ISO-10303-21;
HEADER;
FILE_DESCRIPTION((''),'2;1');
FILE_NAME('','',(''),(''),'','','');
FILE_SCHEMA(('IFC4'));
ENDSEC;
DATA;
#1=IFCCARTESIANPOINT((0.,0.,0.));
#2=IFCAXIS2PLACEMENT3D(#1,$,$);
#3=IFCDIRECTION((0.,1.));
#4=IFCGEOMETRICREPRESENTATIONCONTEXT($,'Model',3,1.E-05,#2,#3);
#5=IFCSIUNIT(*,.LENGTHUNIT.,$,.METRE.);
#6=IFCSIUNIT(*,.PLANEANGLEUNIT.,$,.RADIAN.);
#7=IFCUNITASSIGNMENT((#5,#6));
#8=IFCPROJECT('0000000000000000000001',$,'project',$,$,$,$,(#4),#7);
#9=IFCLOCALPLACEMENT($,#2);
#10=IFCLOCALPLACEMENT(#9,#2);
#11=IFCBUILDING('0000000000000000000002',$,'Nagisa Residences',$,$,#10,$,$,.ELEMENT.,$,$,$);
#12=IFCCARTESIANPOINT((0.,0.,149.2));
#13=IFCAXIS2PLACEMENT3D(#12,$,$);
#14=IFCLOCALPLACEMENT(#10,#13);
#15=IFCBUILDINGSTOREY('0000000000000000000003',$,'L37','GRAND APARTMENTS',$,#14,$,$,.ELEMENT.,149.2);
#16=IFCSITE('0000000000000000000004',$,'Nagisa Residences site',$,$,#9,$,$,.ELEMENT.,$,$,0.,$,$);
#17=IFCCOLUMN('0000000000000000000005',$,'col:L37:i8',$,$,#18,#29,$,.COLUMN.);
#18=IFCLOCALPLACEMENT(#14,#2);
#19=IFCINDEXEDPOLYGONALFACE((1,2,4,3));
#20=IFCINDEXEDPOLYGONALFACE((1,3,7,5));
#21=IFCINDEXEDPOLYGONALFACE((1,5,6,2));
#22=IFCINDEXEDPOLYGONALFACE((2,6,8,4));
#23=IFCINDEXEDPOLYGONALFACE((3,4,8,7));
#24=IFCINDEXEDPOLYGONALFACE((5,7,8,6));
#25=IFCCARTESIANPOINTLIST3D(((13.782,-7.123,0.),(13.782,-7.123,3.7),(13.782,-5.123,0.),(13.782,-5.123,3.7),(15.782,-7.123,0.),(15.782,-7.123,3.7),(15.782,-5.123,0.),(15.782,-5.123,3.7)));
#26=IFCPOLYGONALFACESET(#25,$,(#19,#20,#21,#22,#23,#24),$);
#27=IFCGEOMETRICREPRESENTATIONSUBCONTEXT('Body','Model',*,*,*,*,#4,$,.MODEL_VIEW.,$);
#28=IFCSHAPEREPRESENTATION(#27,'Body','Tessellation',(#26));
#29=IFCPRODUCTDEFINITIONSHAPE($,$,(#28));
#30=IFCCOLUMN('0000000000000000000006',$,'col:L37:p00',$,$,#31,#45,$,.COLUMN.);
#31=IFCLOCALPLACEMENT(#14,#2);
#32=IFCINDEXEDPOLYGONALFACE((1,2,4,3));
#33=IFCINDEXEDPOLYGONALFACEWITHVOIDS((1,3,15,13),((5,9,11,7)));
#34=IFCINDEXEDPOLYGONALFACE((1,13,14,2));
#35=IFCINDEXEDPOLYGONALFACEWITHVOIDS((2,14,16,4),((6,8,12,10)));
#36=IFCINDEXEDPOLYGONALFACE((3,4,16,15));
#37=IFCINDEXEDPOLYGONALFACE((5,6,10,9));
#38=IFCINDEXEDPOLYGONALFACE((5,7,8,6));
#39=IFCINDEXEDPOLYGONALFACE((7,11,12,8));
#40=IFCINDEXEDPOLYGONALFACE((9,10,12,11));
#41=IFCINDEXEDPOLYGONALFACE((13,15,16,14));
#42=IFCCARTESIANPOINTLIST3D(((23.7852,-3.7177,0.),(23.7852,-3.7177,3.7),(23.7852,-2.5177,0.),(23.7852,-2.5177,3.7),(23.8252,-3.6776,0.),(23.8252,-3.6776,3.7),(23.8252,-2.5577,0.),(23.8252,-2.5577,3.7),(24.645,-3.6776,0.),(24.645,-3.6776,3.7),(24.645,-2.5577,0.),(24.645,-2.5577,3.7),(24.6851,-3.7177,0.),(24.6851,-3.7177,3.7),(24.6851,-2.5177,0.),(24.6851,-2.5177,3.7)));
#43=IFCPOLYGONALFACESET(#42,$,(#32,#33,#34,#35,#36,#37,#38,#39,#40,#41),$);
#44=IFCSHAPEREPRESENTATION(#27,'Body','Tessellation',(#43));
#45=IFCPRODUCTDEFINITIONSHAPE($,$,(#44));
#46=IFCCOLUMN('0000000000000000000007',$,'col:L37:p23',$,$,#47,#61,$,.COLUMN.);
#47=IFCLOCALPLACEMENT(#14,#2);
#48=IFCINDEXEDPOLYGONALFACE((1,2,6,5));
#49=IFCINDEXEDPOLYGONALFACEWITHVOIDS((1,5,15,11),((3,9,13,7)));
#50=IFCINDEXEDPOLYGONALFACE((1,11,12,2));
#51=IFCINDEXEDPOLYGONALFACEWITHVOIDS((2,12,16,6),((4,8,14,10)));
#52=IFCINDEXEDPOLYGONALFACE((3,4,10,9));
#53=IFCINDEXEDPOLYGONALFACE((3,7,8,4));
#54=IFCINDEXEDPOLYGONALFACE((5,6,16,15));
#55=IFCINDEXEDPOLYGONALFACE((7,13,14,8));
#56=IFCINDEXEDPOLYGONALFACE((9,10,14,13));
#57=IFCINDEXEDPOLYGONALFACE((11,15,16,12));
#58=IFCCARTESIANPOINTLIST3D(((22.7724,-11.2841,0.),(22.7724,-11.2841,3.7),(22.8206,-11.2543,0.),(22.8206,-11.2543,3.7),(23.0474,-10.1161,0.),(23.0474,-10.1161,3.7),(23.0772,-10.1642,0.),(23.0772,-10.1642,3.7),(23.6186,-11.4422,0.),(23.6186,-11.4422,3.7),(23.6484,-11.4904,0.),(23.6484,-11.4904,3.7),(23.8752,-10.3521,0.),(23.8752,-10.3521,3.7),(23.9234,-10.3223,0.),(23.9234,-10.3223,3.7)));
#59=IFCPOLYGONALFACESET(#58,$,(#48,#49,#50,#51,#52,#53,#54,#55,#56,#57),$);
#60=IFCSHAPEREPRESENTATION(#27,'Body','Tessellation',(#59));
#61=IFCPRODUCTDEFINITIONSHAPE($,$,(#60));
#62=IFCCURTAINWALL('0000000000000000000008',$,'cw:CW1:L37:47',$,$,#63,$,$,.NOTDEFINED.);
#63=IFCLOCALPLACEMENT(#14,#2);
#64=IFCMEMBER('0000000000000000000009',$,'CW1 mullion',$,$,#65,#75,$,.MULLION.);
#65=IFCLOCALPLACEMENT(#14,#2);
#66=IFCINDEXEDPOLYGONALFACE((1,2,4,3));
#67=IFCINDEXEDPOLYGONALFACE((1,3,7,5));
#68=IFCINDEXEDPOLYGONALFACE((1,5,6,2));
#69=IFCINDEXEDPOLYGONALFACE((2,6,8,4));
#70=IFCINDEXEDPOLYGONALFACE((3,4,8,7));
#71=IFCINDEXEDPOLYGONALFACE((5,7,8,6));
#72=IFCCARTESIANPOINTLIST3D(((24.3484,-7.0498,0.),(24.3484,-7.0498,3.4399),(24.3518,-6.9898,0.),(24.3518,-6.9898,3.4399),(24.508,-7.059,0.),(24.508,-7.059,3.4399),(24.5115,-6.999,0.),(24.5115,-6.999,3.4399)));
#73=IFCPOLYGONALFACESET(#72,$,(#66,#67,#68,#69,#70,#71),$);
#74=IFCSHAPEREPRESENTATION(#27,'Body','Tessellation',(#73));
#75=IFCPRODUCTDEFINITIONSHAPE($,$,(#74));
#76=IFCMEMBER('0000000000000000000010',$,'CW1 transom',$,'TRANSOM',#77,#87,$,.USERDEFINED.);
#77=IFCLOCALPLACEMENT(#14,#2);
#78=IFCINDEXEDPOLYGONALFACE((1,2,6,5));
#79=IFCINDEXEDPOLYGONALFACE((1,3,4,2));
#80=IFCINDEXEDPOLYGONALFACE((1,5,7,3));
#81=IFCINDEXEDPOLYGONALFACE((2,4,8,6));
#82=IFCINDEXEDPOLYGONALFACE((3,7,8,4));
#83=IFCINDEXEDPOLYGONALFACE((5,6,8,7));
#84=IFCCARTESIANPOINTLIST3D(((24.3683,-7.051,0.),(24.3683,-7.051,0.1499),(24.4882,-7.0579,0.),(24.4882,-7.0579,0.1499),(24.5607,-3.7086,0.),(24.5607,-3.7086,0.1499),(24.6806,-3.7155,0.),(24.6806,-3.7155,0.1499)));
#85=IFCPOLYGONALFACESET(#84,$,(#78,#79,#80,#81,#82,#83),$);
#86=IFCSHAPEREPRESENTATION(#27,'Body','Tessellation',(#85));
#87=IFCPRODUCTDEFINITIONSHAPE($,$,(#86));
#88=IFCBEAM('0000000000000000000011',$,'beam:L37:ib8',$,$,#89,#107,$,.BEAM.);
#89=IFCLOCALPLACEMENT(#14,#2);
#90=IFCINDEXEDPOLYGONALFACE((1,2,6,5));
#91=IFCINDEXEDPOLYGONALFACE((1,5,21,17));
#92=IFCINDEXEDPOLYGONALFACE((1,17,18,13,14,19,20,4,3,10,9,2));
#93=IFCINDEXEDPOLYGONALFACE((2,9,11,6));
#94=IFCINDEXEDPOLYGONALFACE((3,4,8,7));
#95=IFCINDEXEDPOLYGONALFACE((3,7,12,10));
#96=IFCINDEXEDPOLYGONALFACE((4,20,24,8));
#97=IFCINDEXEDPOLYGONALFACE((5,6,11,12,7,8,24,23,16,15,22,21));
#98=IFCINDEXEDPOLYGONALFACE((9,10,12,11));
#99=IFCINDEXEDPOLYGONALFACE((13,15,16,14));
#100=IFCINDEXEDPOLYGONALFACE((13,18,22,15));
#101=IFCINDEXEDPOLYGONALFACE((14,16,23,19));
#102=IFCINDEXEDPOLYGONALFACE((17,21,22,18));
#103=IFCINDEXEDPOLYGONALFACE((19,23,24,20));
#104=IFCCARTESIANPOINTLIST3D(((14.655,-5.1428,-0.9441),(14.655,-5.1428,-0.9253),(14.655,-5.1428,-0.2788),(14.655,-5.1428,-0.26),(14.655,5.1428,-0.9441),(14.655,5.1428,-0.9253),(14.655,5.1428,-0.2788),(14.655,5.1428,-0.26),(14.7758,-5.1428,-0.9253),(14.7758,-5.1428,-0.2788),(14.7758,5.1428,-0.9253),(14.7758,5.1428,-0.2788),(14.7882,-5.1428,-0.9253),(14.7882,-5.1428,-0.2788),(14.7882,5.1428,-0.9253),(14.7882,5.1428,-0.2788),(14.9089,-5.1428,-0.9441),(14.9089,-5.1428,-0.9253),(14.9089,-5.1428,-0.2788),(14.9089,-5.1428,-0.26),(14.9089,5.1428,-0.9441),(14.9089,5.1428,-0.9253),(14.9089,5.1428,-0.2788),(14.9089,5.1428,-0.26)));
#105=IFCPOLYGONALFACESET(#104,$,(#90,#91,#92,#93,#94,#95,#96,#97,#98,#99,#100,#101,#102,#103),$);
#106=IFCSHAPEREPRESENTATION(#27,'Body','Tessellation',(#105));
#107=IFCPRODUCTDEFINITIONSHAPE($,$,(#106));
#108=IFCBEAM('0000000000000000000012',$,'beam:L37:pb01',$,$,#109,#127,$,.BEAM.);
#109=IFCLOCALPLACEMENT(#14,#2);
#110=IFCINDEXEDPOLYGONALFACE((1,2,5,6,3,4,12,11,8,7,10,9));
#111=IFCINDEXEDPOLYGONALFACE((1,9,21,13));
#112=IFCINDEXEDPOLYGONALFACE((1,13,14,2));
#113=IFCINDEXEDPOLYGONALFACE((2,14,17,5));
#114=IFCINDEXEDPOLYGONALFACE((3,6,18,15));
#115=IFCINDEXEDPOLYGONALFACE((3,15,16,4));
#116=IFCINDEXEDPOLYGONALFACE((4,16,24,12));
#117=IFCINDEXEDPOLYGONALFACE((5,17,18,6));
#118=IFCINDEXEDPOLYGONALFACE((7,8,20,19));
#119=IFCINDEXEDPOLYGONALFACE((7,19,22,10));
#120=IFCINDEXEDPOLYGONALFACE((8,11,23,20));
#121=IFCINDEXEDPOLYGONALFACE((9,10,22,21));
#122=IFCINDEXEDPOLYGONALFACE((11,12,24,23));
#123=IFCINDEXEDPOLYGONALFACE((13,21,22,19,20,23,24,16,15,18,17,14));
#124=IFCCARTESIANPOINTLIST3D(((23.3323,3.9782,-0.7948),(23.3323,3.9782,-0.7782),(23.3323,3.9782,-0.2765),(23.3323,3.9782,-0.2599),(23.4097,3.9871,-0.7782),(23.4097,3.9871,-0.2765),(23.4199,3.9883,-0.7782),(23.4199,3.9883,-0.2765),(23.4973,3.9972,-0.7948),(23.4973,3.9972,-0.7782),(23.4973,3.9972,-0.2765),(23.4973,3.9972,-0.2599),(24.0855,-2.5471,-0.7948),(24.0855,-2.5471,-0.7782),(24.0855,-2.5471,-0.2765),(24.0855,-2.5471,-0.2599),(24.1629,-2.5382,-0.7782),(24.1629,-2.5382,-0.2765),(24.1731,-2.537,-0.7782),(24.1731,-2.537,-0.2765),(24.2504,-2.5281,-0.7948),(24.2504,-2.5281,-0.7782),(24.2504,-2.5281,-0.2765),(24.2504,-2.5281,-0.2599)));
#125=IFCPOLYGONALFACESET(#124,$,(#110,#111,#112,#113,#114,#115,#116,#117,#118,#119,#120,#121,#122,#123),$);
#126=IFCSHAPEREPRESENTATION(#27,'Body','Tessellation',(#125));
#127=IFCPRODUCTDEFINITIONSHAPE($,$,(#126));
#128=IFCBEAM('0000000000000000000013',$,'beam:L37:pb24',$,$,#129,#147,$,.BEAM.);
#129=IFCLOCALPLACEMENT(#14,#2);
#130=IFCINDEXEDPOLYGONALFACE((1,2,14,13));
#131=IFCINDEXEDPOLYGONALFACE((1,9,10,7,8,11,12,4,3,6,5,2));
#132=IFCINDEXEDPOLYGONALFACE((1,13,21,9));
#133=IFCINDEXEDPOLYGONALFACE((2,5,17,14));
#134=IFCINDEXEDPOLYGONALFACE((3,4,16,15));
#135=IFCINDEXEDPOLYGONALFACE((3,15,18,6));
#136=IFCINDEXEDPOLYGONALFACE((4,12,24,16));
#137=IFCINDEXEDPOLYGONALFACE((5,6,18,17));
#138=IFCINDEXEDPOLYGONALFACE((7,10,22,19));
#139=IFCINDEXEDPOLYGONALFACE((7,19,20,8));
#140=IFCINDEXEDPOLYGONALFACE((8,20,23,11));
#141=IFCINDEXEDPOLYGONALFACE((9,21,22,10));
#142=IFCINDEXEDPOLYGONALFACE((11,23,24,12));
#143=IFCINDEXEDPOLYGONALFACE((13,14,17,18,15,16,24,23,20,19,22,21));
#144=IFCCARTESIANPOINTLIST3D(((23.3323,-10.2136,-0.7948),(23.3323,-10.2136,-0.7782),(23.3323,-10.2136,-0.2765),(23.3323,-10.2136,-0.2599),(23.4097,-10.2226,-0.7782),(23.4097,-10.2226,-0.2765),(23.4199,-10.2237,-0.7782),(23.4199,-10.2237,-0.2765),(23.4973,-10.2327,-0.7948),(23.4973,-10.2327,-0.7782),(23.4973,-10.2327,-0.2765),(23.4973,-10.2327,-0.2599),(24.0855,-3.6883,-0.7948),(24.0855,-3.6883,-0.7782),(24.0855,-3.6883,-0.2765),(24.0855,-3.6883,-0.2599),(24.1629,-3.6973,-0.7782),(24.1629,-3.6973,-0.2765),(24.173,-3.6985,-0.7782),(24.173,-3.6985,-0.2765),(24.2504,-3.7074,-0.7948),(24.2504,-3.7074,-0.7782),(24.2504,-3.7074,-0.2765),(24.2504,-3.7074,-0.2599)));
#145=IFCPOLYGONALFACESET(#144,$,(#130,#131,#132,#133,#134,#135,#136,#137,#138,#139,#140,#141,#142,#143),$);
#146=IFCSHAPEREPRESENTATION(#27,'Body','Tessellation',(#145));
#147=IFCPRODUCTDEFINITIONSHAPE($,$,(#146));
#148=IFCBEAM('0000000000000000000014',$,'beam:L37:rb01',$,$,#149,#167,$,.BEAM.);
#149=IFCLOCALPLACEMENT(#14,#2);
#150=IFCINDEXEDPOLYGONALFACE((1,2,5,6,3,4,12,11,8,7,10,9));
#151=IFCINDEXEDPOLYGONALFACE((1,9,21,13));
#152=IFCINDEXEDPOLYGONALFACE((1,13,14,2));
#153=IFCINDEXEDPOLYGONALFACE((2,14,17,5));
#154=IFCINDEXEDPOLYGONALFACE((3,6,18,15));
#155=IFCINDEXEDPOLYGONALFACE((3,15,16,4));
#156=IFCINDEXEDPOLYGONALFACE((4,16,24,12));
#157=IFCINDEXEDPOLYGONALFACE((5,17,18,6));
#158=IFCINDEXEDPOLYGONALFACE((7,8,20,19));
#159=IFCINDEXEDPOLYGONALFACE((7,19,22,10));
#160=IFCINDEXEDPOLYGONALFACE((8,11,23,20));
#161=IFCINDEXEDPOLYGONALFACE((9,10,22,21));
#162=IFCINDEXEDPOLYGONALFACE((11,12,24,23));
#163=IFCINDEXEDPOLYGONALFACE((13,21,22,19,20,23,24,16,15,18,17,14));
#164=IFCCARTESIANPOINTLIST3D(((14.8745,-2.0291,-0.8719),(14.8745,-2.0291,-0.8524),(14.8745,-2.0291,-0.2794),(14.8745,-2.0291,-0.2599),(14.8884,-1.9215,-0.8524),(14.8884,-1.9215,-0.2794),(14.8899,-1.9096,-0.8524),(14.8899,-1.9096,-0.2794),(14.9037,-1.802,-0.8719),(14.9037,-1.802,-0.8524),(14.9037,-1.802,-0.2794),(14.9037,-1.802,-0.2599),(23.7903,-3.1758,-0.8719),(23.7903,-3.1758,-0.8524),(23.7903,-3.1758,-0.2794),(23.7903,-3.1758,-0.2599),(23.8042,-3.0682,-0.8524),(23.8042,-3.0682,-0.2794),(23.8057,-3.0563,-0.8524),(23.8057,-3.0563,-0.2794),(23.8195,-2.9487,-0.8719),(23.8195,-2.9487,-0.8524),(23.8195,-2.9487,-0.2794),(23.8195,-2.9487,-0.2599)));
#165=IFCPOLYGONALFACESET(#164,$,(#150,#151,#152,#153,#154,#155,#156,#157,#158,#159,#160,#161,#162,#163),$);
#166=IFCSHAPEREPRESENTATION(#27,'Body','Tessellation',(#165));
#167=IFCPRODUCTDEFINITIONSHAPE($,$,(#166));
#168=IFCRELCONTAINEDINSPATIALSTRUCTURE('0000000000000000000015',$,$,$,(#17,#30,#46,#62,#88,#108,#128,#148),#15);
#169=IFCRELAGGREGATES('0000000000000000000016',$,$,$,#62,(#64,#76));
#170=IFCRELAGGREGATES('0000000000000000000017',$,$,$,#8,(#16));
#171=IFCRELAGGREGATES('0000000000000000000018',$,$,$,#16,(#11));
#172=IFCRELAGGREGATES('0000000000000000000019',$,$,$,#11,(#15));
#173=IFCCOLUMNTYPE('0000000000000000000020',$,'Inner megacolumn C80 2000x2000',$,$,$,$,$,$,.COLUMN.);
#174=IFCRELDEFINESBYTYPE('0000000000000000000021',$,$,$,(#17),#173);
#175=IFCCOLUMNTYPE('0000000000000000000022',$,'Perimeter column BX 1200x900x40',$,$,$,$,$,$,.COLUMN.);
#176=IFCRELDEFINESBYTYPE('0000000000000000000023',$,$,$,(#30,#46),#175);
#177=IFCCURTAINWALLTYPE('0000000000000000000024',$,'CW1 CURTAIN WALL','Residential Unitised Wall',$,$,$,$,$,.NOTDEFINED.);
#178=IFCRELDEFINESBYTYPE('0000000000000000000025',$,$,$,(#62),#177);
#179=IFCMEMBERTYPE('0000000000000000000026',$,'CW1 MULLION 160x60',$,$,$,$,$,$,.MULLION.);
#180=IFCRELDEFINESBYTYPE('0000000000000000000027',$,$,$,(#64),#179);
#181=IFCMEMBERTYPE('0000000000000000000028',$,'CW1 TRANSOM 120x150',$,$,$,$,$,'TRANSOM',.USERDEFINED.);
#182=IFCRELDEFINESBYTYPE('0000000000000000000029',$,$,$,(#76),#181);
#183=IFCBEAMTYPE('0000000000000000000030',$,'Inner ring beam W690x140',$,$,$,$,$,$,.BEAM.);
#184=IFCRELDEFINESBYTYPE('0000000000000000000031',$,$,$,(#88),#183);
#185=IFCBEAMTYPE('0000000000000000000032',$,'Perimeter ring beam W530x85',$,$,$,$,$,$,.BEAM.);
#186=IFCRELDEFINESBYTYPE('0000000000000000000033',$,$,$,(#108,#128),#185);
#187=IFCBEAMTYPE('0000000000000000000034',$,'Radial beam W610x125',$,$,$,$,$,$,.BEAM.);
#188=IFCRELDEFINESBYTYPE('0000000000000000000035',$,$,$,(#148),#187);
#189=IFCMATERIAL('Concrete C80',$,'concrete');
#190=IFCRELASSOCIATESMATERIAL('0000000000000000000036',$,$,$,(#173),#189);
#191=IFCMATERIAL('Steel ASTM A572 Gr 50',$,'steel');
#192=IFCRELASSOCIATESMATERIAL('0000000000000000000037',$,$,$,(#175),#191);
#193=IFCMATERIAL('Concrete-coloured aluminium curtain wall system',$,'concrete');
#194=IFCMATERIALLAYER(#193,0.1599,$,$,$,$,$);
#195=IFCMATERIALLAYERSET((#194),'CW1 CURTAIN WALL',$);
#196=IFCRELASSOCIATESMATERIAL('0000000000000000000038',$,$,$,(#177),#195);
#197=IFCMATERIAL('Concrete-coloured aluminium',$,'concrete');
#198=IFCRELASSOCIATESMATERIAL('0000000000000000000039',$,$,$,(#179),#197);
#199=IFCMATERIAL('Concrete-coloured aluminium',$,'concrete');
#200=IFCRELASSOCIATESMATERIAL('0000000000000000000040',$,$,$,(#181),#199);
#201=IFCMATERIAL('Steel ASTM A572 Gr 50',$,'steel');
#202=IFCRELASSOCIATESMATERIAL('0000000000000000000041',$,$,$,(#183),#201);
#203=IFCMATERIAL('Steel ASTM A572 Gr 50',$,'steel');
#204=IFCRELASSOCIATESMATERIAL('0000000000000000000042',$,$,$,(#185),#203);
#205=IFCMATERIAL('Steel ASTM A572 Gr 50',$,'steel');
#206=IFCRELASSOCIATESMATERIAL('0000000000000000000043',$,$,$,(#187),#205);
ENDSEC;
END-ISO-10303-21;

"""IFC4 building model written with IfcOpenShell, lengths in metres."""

from ifc_helpers import new_model, si_unit, direction, frame, origin, origin_2d, place, context, subcontext, project, spatial, rectangle, hollow_rectangle, i_section, extrude, material, layer, layer_set, material_profile, profile_set, type_object, element, aggregate, save


model = new_model("IFC4")

# Units and contexts
model_context = context("Model", 3, precision=1e-05, world=origin(), true_north=direction((0.0, 1.0)))
body_context = subcontext(model_context, "Body", "Model", "MODEL_VIEW")
ifc_project = project(units=[si_unit("LENGTHUNIT", "METRE"), si_unit("PLANEANGLEUNIT", "RADIAN")], contexts=[model_context])

# Site, building, storey
site_placement = place(None, origin())
site = spatial("IfcSite", under=ifc_project, at=site_placement, Name="Nagisa Residences site", CompositionType="ELEMENT", RefElevation=0.0)
building_placement = place(site_placement, origin())
building = spatial("IfcBuilding", under=site, at=building_placement, Name="Nagisa Residences", CompositionType="ELEMENT")
storey_placement = place(building_placement, frame((0.0, 0.0, 149.2)))
storey = spatial("IfcBuildingStorey", under=building, at=storey_placement, Name="L37", Description="GRAND APARTMENTS", CompositionType="ELEMENT", Elevation=149.2)

# Columns
ifc_material_1 = material(Name="Concrete C80", Category="concrete")
ifc_material_profile_1 = material_profile(ifc_material_1, rectangle(XDim=2.0, YDim=2.0, at=origin_2d()), Name="C80 2000x2000")
ifc_profile_set_1 = profile_set([ifc_material_profile_1], Name="Concrete C80")
column_type_1 = type_object("IfcColumnType", Name="Inner megacolumn C80 2000x2000", PredefinedType="COLUMN", material=ifc_profile_set_1)
column_placement = place(storey_placement, frame((14.782, -6.123, 0.0), z_axis=(0.0, 0.0, 1.0), x_axis=(1.0, 0.0, 0.0)))
element("IfcColumn", 1, at=column_placement, inside=storey, type_object=column_type_1, Name="col:L37:i8", PredefinedType="COLUMN", context=body_context, shape_type="SweptSolid", body=[
    extrude(rectangle(XDim=2.0, YDim=2.0, at=origin_2d()), origin(), (0.0, 0.0, 1.0), 3.7),
])
ifc_material_2 = material(Name="Steel ASTM A572 Gr 50", Category="steel")
ifc_material_profile_2 = material_profile(ifc_material_2, hollow_rectangle(XDim=1.2, YDim=0.8999, WallThickness=0.04, at=origin_2d()), Name="BX 1200x900x40")
ifc_profile_set_2 = profile_set([ifc_material_profile_2], Name="Steel ASTM A572 Gr 50")
column_type_2 = type_object("IfcColumnType", Name="Perimeter column BX 1200x900x40", PredefinedType="COLUMN", material=ifc_profile_set_2)
for number, where, z_axis, x_axis, name in (
    (2, (24.2351, -3.1177, 0.0), (0.0, 0.0, 1.0), (0.0, 1.0, 0.0), "col:L37:p00"),
    (3, (23.3479, -10.8032, 0.0), (0.0, 0.0, 1.0), (0.229202, 0.973379, 0.0), "col:L37:p23"),
):
    element("IfcColumn", number, at=place(storey_placement, frame(where, z_axis=z_axis, x_axis=x_axis)), inside=storey, type_object=column_type_2, Name=name, PredefinedType="COLUMN", context=body_context, shape_type="SweptSolid", body=[
        extrude(hollow_rectangle(XDim=1.2, YDim=0.8999, WallThickness=0.04, at=origin_2d()), origin(), (0.0, 0.0, 1.0), 3.7),
    ])

# Curtain wall, members
ifc_material_3 = material(Name="Concrete-coloured aluminium curtain wall system", Category="concrete")
ifc_layer_1 = layer(ifc_material_3, 0.1599)
ifc_layer_set_1 = layer_set([ifc_layer_1], Name="CW1 CURTAIN WALL")
curtain_wall_type = type_object("IfcCurtainWallType", Name="CW1 CURTAIN WALL", Description="Residential Unitised Wall", PredefinedType="NOTDEFINED", material=ifc_layer_set_1)
curtain_wall_1_placement = place(storey_placement, origin())
curtain_wall_1 = element("IfcCurtainWall", 4, at=curtain_wall_1_placement, inside=storey, type_object=curtain_wall_type, Name="cw:CW1:L37:47", PredefinedType="NOTDEFINED")
ifc_material_4 = material(Name="Concrete-coloured aluminium", Category="concrete")
ifc_material_profile_3 = material_profile(ifc_material_4, rectangle(XDim=0.1599, YDim=0.0601, at=origin_2d()), Name="CW1 MULLION 160x60")
ifc_profile_set_3 = profile_set([ifc_material_profile_3], Name="Concrete-coloured aluminium")
member_type_1 = type_object("IfcMemberType", Name="CW1 MULLION 160x60", PredefinedType="MULLION", material=ifc_profile_set_3)
member_1_placement = place(storey_placement, frame((24.4299, -7.0244, 0.0), z_axis=(0.0, 0.0, 1.0), x_axis=(-0.998345, 0.057503, 0.0)))
member_1 = element("IfcMember", 5, at=member_1_placement, type_object=member_type_1, Name="CW1 mullion", PredefinedType="MULLION", context=body_context, shape_type="SweptSolid", body=[
    extrude(rectangle(XDim=0.1599, YDim=0.0601, at=origin_2d()), origin(), (0.0, 0.0, 1.0), 3.4399),
])
ifc_material_5 = material(Name="Concrete-coloured aluminium", Category="concrete")
ifc_material_profile_4 = material_profile(ifc_material_5, rectangle(XDim=0.1201, YDim=0.1499, at=origin_2d()), Name="CW1 TRANSOM 120x150")
ifc_profile_set_4 = profile_set([ifc_material_profile_4], Name="Concrete-coloured aluminium")
member_type_2 = type_object("IfcMemberType", Name="CW1 TRANSOM 120x150", ElementType="TRANSOM", PredefinedType="USERDEFINED", material=ifc_profile_set_4)
member_2_placement = place(storey_placement, frame((24.4282, -7.0544, 0.075), z_axis=(0.057465, 0.998348, 0.0), x_axis=(-0.998348, 0.057465, 0.0)))
member_2 = element("IfcMember", 6, at=member_2_placement, type_object=member_type_2, Name="CW1 transom", ObjectType="TRANSOM", PredefinedType="USERDEFINED", context=body_context, shape_type="SweptSolid", body=[
    extrude(rectangle(XDim=0.1201, YDim=0.1499, at=origin_2d()), origin(), (0.0, 0.0, 1.0), 3.3479),
])

# Beams
ifc_material_6 = material(Name="Steel ASTM A572 Gr 50", Category="steel")
ifc_material_profile_5 = material_profile(ifc_material_6, i_section(OverallWidth=0.2539, OverallDepth=0.6841, WebThickness=0.0125, FlangeThickness=0.0188, at=origin_2d()), Name="W690x140")
ifc_profile_set_5 = profile_set([ifc_material_profile_5], Name="Steel ASTM A572 Gr 50")
beam_type_1 = type_object("IfcBeamType", Name="Inner ring beam W690x140", PredefinedType="BEAM", material=ifc_profile_set_5)
beam_1_placement = place(storey_placement, frame((14.782, -5.1428, -0.6021), z_axis=(0.0, 1.0, 0.0), x_axis=(-1.0, 0.0, 0.0)))
element("IfcBeam", 7, at=beam_1_placement, inside=storey, type_object=beam_type_1, Name="beam:L37:ib8", PredefinedType="BEAM", context=body_context, shape_type="SweptSolid", body=[
    extrude(i_section(OverallWidth=0.2539, OverallDepth=0.6841, WebThickness=0.0125, FlangeThickness=0.0188, at=origin_2d()), origin(), (0.0, 0.0, 1.0), 10.2856),
])
ifc_material_7 = material(Name="Steel ASTM A572 Gr 50", Category="steel")
ifc_material_profile_6 = material_profile(ifc_material_7, i_section(OverallWidth=0.166, OverallDepth=0.5349, WebThickness=0.0103, FlangeThickness=0.0166, at=origin_2d()), Name="W530x85")
ifc_profile_set_6 = profile_set([ifc_material_profile_6], Name="Steel ASTM A572 Gr 50")
beam_type_2 = type_object("IfcBeamType", Name="Perimeter ring beam W530x85", PredefinedType="BEAM", material=ifc_profile_set_6)
for number, where, z_axis, x_axis, name in (
    (8, (24.168, -2.5376, -0.5273), (-0.114661, 0.993405, 0.0), (-0.993405, -0.114661, 0.0), "beam:L37:pb01"),
    (9, (23.4148, -10.2231, -0.5273), (0.114661, 0.993405, 0.0), (-0.993405, 0.114661, 0.0), "beam:L37:pb24"),
):
    element("IfcBeam", number, at=place(storey_placement, frame(where, z_axis=z_axis, x_axis=x_axis)), inside=storey, type_object=beam_type_2, Name=name, PredefinedType="BEAM", context=body_context, shape_type="SweptSolid", body=[
        extrude(i_section(OverallWidth=0.166, OverallDepth=0.5349, WebThickness=0.0103, FlangeThickness=0.0166, at=origin_2d()), origin(), (0.0, 0.0, 1.0), 6.5686),
    ])
ifc_material_8 = material(Name="Steel ASTM A572 Gr 50", Category="steel")
ifc_material_profile_7 = material_profile(ifc_material_8, i_section(OverallWidth=0.229, OverallDepth=0.6121, WebThickness=0.012, FlangeThickness=0.0195, at=origin_2d()), Name="W610x125")
ifc_profile_set_7 = profile_set([ifc_material_profile_7], Name="Steel ASTM A572 Gr 50")
beam_type_3 = type_object("IfcBeamType", Name="Radial beam W610x125", PredefinedType="BEAM", material=ifc_profile_set_7)
beam_2_placement = place(storey_placement, frame((23.8049, -3.0623, -0.5659), z_axis=(-0.99183, 0.127567, 0.0), x_axis=(-0.127567, -0.99183, 0.0)))
element("IfcBeam", 10, at=beam_2_placement, inside=storey, type_object=beam_type_3, Name="beam:L37:rb01", PredefinedType="BEAM", context=body_context, shape_type="SweptSolid", body=[
    extrude(i_section(OverallWidth=0.229, OverallDepth=0.6121, WebThickness=0.012, FlangeThickness=0.0195, at=origin_2d()), origin(), (0.0, 0.0, 1.0), 8.9893),
])

aggregate(curtain_wall_1, [member_1, member_2])

save(model, "model.ifc")
